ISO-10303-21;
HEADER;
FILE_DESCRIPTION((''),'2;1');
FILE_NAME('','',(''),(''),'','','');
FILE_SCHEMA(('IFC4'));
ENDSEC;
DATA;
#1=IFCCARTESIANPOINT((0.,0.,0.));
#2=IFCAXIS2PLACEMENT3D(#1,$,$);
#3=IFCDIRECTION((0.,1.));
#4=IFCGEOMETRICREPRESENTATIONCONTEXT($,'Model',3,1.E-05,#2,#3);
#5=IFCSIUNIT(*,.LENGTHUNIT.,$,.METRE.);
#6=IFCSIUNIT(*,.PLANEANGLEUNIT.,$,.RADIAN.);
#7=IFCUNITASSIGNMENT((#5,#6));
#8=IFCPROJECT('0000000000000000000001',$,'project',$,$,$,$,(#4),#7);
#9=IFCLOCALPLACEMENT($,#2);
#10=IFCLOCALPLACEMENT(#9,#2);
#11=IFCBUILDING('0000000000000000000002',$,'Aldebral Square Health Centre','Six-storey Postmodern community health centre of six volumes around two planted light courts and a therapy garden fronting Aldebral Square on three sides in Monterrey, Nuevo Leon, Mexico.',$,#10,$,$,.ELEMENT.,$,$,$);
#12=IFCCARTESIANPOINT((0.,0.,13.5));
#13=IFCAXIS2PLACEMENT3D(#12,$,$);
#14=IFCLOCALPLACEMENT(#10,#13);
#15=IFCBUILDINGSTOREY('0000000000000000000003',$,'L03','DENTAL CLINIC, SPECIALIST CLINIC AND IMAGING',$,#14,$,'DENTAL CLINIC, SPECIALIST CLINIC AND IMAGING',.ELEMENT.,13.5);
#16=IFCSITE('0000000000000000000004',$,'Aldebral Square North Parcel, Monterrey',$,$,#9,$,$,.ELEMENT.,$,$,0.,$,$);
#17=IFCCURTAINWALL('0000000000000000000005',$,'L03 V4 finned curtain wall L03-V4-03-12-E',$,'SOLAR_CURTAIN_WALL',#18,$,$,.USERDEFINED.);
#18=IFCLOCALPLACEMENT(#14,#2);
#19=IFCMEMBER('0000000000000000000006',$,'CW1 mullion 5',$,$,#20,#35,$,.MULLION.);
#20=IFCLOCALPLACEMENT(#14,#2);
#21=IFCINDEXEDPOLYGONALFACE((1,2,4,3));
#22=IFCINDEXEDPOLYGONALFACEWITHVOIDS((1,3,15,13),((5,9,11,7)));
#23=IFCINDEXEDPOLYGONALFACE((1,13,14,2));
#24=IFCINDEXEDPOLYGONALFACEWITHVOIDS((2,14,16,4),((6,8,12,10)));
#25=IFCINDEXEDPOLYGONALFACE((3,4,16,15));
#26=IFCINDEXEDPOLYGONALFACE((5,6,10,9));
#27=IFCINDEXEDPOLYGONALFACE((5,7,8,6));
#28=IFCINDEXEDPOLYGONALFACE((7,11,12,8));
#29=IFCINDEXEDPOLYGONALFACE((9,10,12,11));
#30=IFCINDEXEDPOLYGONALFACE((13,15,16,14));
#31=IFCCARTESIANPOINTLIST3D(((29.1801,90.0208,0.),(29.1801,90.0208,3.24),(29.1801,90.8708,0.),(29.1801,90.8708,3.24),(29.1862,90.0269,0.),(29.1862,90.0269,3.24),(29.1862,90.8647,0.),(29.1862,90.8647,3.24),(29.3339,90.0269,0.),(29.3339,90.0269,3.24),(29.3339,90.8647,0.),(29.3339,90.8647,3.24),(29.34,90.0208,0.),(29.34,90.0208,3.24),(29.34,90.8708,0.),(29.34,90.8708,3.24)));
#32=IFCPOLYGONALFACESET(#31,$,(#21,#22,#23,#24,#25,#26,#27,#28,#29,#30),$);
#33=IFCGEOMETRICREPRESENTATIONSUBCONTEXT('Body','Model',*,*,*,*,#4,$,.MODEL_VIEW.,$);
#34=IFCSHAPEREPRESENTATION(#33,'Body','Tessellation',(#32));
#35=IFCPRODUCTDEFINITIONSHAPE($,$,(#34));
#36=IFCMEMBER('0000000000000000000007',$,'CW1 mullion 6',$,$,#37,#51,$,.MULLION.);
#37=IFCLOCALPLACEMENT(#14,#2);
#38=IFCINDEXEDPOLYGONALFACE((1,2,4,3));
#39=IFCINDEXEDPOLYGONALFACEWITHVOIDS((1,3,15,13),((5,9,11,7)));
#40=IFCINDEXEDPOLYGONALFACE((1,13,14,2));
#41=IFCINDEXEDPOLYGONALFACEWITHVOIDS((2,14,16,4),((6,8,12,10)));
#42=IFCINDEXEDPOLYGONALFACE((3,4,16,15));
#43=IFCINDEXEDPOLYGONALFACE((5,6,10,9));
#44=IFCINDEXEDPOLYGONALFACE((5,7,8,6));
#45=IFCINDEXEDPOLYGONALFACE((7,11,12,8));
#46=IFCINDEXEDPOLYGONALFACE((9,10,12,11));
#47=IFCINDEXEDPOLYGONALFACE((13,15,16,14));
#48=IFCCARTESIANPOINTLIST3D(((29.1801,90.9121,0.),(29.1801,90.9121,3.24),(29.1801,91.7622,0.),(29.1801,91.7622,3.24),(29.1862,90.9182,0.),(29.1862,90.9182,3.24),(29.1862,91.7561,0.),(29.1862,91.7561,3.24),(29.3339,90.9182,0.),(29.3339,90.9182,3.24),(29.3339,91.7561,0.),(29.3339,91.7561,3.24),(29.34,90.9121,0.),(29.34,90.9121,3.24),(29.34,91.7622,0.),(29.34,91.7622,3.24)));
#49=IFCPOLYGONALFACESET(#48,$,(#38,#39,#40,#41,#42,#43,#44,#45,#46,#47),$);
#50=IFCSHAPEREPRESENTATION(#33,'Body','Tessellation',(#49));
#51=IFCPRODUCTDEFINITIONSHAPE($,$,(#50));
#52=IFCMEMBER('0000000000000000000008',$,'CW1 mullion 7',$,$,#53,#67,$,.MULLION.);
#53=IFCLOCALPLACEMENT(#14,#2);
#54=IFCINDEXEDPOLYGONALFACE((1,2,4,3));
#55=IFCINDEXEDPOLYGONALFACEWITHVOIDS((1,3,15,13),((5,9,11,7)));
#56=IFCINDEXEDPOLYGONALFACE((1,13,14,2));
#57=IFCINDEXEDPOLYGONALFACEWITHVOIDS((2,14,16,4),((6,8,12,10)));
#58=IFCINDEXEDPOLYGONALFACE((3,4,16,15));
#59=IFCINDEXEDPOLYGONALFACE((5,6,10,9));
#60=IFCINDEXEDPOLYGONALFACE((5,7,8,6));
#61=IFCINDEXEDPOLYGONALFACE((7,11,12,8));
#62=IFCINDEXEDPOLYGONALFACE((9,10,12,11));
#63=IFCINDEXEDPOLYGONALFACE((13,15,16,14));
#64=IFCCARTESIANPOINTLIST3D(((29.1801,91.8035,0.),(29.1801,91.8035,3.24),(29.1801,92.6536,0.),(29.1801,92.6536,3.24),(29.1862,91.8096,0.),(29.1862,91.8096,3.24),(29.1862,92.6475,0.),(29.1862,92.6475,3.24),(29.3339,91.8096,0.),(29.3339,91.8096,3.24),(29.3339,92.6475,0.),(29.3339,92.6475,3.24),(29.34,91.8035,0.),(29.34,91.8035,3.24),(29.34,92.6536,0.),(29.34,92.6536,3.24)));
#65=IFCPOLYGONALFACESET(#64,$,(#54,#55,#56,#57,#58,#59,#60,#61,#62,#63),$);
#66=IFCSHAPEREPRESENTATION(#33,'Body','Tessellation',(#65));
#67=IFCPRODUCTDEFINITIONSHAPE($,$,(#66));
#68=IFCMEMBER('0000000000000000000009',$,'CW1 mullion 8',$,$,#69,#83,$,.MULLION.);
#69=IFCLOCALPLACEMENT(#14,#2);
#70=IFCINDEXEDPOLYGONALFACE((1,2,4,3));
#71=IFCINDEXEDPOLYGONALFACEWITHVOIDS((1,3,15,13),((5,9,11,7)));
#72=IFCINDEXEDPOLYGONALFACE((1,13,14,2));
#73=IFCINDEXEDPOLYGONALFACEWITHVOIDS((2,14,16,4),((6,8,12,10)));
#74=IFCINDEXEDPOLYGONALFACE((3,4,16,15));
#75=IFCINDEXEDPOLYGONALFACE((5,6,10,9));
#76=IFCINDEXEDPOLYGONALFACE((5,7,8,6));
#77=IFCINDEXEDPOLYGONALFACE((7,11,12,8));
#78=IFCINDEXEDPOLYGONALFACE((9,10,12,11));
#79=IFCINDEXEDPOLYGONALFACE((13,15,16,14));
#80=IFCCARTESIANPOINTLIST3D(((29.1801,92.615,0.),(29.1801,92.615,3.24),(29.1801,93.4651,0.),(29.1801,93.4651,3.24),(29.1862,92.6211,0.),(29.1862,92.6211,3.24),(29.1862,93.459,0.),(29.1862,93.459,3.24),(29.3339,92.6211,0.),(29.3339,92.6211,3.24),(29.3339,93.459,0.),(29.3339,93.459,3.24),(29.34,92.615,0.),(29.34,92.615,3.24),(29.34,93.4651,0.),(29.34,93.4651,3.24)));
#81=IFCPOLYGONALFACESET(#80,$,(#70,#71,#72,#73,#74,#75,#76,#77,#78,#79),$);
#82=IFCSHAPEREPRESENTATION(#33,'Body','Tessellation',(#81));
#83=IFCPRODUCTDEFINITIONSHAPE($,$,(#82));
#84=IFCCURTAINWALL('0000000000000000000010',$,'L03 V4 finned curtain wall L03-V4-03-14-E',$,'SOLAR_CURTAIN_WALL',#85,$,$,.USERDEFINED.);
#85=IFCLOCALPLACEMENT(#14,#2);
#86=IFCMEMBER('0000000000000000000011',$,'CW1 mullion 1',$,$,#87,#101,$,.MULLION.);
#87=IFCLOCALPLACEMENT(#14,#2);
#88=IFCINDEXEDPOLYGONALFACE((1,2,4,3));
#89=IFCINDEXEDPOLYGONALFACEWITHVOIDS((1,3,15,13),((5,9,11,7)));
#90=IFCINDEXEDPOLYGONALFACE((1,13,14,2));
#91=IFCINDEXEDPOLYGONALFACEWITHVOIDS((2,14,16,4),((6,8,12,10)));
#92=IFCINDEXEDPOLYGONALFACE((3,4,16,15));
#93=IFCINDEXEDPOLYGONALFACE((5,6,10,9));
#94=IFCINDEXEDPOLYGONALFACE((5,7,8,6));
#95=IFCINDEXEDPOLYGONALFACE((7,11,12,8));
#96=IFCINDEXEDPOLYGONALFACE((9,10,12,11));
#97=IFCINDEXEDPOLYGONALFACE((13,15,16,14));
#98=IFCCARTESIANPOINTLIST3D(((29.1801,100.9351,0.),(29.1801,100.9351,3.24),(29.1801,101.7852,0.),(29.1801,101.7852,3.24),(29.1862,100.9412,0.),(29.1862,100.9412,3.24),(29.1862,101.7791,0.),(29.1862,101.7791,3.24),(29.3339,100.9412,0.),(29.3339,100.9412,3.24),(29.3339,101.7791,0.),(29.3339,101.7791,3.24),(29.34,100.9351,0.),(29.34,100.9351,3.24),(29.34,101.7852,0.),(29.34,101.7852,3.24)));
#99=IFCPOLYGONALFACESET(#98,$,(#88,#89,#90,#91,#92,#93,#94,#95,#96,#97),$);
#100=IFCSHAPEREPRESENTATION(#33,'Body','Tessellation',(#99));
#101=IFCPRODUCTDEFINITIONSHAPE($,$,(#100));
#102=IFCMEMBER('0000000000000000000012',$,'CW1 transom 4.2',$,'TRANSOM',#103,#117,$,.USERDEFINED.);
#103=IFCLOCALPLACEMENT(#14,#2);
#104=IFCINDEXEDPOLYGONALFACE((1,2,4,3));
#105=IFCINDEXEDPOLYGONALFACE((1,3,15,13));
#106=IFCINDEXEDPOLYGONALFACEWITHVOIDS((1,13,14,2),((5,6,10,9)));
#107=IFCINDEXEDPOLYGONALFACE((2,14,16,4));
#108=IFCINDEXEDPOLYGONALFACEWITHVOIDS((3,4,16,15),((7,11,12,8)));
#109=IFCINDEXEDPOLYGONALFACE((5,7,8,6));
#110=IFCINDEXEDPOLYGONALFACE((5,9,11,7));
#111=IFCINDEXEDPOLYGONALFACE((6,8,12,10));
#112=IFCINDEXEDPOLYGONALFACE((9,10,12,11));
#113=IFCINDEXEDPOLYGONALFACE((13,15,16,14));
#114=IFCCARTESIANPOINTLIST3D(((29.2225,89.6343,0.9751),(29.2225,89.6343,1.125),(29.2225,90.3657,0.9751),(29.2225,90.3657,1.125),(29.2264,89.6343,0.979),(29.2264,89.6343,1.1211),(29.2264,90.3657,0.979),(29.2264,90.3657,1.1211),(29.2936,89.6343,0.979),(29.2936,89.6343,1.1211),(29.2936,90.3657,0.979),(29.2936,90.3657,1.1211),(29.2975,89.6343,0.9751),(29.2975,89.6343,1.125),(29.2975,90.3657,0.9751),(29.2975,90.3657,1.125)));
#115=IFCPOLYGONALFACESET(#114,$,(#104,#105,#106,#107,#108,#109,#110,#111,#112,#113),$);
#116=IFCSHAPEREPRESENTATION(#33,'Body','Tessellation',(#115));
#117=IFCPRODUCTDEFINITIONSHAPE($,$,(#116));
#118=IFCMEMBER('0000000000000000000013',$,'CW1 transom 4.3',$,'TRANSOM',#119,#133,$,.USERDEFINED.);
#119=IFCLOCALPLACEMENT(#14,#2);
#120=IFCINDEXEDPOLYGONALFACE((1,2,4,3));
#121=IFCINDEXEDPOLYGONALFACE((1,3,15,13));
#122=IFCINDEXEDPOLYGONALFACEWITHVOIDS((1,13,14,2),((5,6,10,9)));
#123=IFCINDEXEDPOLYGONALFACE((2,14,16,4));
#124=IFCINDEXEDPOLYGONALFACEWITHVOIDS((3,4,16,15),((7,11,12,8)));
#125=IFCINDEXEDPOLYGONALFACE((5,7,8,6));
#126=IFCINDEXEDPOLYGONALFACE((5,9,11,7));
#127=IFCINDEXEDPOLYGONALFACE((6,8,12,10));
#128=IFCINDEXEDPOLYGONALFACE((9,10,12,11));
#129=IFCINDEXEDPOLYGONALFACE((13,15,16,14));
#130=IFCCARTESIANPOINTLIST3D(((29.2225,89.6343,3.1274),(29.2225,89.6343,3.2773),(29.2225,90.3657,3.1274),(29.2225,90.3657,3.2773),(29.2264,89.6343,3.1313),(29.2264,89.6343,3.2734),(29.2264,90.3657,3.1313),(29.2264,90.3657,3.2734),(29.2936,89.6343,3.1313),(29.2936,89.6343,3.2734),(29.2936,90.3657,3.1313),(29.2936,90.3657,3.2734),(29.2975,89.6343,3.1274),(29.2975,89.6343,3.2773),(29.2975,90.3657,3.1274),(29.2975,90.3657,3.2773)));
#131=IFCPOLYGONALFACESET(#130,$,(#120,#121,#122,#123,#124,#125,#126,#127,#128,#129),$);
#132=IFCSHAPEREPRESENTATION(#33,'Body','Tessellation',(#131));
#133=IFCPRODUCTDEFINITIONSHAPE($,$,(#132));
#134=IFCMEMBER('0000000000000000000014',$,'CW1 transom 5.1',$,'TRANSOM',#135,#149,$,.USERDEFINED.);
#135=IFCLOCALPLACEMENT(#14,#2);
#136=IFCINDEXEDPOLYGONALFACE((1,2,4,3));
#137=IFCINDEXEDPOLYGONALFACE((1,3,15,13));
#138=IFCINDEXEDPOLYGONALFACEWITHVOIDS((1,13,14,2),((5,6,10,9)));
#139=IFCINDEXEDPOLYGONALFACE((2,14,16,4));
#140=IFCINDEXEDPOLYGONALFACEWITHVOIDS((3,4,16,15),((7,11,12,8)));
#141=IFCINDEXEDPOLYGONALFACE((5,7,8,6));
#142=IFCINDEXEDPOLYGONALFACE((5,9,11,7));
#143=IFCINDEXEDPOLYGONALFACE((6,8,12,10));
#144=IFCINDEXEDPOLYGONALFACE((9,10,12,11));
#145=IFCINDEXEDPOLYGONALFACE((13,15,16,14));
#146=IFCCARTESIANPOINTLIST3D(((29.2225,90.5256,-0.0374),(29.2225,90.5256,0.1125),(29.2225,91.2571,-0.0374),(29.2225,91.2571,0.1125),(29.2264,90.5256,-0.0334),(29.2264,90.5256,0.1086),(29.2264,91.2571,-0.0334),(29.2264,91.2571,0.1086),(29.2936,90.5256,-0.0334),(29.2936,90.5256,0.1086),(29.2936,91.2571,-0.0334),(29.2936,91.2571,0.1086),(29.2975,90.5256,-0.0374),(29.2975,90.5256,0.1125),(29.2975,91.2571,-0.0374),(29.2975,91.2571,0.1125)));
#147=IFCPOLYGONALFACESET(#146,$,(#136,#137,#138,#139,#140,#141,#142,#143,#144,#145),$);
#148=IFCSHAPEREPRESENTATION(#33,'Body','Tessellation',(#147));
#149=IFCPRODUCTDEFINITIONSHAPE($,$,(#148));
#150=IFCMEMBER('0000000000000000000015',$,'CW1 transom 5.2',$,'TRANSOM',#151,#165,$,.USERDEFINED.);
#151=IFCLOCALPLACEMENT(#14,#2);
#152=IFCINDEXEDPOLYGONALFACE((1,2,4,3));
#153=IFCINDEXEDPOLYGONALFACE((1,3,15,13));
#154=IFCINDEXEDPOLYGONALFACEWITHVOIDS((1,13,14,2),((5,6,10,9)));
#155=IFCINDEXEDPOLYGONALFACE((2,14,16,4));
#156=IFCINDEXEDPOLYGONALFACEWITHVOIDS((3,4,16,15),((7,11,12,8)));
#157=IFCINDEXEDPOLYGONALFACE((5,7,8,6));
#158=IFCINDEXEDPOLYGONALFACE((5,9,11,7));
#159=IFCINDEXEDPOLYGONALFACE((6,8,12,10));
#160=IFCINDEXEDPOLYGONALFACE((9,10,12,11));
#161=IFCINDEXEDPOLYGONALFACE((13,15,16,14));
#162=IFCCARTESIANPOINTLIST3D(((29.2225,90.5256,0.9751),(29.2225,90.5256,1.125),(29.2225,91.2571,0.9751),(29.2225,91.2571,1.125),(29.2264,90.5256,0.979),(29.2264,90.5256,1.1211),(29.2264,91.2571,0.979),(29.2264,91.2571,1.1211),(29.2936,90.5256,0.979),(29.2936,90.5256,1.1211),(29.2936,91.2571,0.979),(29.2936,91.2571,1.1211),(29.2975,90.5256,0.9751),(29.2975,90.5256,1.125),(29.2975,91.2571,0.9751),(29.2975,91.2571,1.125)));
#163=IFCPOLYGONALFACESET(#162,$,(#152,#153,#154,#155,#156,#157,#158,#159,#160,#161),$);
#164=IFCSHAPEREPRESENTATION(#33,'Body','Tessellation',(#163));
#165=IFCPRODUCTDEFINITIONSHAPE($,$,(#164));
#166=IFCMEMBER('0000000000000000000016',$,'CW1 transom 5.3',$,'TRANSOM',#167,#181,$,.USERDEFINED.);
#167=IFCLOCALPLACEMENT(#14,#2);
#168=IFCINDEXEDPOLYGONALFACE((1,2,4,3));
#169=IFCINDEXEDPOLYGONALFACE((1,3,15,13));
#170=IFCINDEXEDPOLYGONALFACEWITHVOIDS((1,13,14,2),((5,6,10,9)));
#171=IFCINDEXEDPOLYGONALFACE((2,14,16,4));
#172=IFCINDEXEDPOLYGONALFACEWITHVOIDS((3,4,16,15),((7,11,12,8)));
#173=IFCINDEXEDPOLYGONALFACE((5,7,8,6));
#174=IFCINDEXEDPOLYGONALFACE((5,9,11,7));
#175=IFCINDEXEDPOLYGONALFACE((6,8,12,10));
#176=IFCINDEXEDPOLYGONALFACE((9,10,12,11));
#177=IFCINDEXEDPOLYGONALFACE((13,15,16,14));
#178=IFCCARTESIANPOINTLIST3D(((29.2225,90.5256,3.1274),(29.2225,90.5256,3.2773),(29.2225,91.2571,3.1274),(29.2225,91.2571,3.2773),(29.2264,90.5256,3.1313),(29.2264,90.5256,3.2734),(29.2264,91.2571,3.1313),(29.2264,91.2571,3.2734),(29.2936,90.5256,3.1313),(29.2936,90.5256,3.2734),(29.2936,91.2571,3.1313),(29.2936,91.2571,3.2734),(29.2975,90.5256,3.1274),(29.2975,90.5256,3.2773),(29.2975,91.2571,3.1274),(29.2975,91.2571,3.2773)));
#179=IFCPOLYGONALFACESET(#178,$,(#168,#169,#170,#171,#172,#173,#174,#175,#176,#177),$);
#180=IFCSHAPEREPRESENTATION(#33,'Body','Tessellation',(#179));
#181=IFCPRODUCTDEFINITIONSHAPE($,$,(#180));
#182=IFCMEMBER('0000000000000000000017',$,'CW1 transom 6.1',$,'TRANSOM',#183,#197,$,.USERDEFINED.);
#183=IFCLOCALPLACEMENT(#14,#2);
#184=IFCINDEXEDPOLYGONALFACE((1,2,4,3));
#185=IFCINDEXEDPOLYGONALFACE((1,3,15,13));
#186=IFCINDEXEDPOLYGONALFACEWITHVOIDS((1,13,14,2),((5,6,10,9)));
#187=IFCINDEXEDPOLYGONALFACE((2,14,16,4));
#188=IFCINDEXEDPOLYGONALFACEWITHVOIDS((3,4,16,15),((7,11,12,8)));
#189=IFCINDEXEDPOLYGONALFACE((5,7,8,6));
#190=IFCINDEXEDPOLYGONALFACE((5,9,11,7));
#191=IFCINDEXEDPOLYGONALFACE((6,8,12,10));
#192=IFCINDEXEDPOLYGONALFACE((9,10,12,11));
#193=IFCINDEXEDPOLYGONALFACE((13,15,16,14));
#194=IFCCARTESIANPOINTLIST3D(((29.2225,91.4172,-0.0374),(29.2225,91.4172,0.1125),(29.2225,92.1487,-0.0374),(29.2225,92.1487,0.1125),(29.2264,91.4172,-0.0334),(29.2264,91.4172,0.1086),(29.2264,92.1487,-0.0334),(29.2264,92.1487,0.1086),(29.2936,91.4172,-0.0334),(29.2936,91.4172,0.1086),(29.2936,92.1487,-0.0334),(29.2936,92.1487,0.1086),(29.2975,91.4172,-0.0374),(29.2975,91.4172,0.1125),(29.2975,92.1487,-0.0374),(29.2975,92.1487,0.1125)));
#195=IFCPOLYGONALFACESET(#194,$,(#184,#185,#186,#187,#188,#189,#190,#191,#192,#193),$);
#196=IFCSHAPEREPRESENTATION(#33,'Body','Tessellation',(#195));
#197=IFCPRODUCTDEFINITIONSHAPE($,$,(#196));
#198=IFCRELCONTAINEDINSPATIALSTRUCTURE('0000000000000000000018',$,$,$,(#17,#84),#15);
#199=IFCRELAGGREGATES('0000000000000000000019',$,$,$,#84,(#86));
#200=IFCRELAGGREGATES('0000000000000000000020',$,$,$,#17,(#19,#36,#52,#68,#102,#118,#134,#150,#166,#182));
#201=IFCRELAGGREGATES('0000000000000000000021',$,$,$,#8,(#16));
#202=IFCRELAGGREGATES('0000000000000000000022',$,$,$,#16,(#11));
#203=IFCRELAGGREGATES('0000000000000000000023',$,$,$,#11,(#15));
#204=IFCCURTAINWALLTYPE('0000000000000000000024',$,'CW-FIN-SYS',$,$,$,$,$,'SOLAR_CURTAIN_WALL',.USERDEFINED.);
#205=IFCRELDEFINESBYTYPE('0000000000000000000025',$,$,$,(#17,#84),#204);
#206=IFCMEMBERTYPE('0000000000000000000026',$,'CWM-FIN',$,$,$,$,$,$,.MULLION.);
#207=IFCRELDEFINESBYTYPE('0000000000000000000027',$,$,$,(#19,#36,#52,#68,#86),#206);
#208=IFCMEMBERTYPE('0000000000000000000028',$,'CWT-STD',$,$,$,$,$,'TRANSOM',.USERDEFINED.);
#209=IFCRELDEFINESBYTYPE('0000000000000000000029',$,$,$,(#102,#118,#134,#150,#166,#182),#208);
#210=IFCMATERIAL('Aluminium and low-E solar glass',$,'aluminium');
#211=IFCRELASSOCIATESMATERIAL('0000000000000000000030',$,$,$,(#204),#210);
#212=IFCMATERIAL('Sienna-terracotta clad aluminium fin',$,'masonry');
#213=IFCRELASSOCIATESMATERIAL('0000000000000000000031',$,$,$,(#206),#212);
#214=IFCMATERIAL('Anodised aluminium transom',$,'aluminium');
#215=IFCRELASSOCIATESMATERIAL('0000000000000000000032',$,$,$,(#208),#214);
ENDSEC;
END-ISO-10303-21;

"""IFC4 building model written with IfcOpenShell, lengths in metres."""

from ifc_helpers import new_model, si_unit, direction, frame, origin, origin_2d, place, context, subcontext, project, spatial, hollow_rectangle, extrude, material, material_profile, profile_set, type_object, element, aggregate, save


model = new_model("IFC4")

# Units and contexts
model_context = context("Model", 3, precision=1e-05, world=origin(), true_north=direction((0.0, 1.0)))
body_context = subcontext(model_context, "Body", "Model", "MODEL_VIEW")
ifc_project = project(units=[si_unit("LENGTHUNIT", "METRE"), si_unit("PLANEANGLEUNIT", "RADIAN")], contexts=[model_context])

# Site, building, storey
site_placement = place(None, origin())
site = spatial("IfcSite", under=ifc_project, at=site_placement, Name="Aldebral Square North Parcel, Monterrey", CompositionType="ELEMENT", RefElevation=0.0)
building_placement = place(site_placement, origin())
building = spatial("IfcBuilding", under=site, at=building_placement, Name="Aldebral Square Health Centre", Description="Six-storey Postmodern community health centre of six volumes around two planted light courts and a therapy garden fronting Aldebral Square on three sides in Monterrey, Nuevo Leon, Mexico.", CompositionType="ELEMENT")
storey_placement = place(building_placement, frame((0.0, 0.0, 13.5)))
storey = spatial("IfcBuildingStorey", under=building, at=storey_placement, Name="L03", Description="DENTAL CLINIC, SPECIALIST CLINIC AND IMAGING", LongName="DENTAL CLINIC, SPECIALIST CLINIC AND IMAGING", CompositionType="ELEMENT", Elevation=13.5)

# Curtain wall, members
ifc_material_1 = material(Name="Aluminium and low-E solar glass", Category="aluminium")
curtain_wall_type = type_object("IfcCurtainWallType", Name="CW-FIN-SYS", ElementType="SOLAR_CURTAIN_WALL", PredefinedType="USERDEFINED", material=ifc_material_1)
curtain_wall_1_placement = place(storey_placement, origin())
curtain_wall_1 = element("IfcCurtainWall", 1, at=curtain_wall_1_placement, inside=storey, type_object=curtain_wall_type, Name="L03 V4 finned curtain wall L03-V4-03-12-E", ObjectType="SOLAR_CURTAIN_WALL", PredefinedType="USERDEFINED")
ifc_material_2 = material(Name="Sienna-terracotta clad aluminium fin", Category="masonry")
ifc_material_profile_1 = material_profile(ifc_material_2, hollow_rectangle(XDim=0.1599, YDim=0.8501, WallThickness=0.0061, at=origin_2d()), Name="FIN 160x850x6")
ifc_profile_set_1 = profile_set([ifc_material_profile_1], Name="Sienna-terracotta clad aluminium fin")
member_type_1 = type_object("IfcMemberType", Name="CWM-FIN", PredefinedType="MULLION", material=ifc_profile_set_1)
member_1_placement = place(storey_placement, frame((29.26, 90.4458, 0.0), z_axis=(0.0, 0.0, 1.0), x_axis=(-1.0, 0.0, 0.0)))
member_1 = element("IfcMember", 2, at=member_1_placement, type_object=member_type_1, Name="CW1 mullion 5", PredefinedType="MULLION", context=body_context, shape_type="SweptSolid", body=[
    extrude(hollow_rectangle(XDim=0.1599, YDim=0.8501, WallThickness=0.0061, at=origin_2d()), origin(), (0.0, 0.0, 1.0), 3.24),
])
member_2_placement = place(storey_placement, frame((29.26, 91.3372, 0.0), z_axis=(0.0, 0.0, 1.0), x_axis=(-1.0, 0.0, 0.0)))
member_2 = element("IfcMember", 3, at=member_2_placement, type_object=member_type_1, Name="CW1 mullion 6", PredefinedType="MULLION", context=body_context, shape_type="SweptSolid", body=[
    extrude(hollow_rectangle(XDim=0.1599, YDim=0.8501, WallThickness=0.0061, at=origin_2d()), origin(), (0.0, 0.0, 1.0), 3.24),
])
member_3_placement = place(storey_placement, frame((29.26, 92.2285, 0.0), z_axis=(0.0, 0.0, 1.0), x_axis=(-1.0, 0.0, 0.0)))
member_3 = element("IfcMember", 4, at=member_3_placement, type_object=member_type_1, Name="CW1 mullion 7", PredefinedType="MULLION", context=body_context, shape_type="SweptSolid", body=[
    extrude(hollow_rectangle(XDim=0.1599, YDim=0.8501, WallThickness=0.0061, at=origin_2d()), origin(), (0.0, 0.0, 1.0), 3.24),
])
member_4_placement = place(storey_placement, frame((29.26, 93.04, 0.0), z_axis=(0.0, 0.0, 1.0), x_axis=(-1.0, 0.0, 0.0)))
member_4 = element("IfcMember", 5, at=member_4_placement, type_object=member_type_1, Name="CW1 mullion 8", PredefinedType="MULLION", context=body_context, shape_type="SweptSolid", body=[
    extrude(hollow_rectangle(XDim=0.1599, YDim=0.8501, WallThickness=0.0061, at=origin_2d()), origin(), (0.0, 0.0, 1.0), 3.24),
])

# Curtain wall, member
curtain_wall_2_placement = place(storey_placement, origin())
curtain_wall_2 = element("IfcCurtainWall", 6, at=curtain_wall_2_placement, inside=storey, type_object=curtain_wall_type, Name="L03 V4 finned curtain wall L03-V4-03-14-E", ObjectType="SOLAR_CURTAIN_WALL", PredefinedType="USERDEFINED")
member_5_placement = place(storey_placement, frame((29.26, 101.3601, 0.0), z_axis=(0.0, 0.0, 1.0), x_axis=(-1.0, 0.0, 0.0)))
member_5 = element("IfcMember", 7, at=member_5_placement, type_object=member_type_1, Name="CW1 mullion 1", PredefinedType="MULLION", context=body_context, shape_type="SweptSolid", body=[
    extrude(hollow_rectangle(XDim=0.1599, YDim=0.8501, WallThickness=0.0061, at=origin_2d()), origin(), (0.0, 0.0, 1.0), 3.24),
])

# Members
ifc_material_3 = material(Name="Anodised aluminium transom", Category="aluminium")
ifc_material_profile_2 = material_profile(ifc_material_3, hollow_rectangle(XDim=0.075, YDim=0.1499, WallThickness=0.0039, at=origin_2d()), Name="CWT 75x150x4")
ifc_profile_set_2 = profile_set([ifc_material_profile_2], Name="Anodised aluminium transom")
member_type_2 = type_object("IfcMemberType", Name="CWT-STD", ElementType="TRANSOM", PredefinedType="USERDEFINED", material=ifc_profile_set_2)
member_6_placement = place(storey_placement, frame((29.26, 89.6343, 1.05), z_axis=(0.0, 1.0, 0.0), x_axis=(-1.0, 0.0, 0.0)))
member_6 = element("IfcMember", 8, at=member_6_placement, type_object=member_type_2, Name="CW1 transom 4.2", ObjectType="TRANSOM", PredefinedType="USERDEFINED", context=body_context, shape_type="SweptSolid", body=[
    extrude(hollow_rectangle(XDim=0.075, YDim=0.1499, WallThickness=0.0039, at=origin_2d()), origin(), (0.0, 0.0, 1.0), 0.7314),
])
member_7_placement = place(storey_placement, frame((29.26, 89.6343, 3.2024), z_axis=(0.0, 1.0, 0.0), x_axis=(-1.0, 0.0, 0.0)))
member_7 = element("IfcMember", 9, at=member_7_placement, type_object=member_type_2, Name="CW1 transom 4.3", ObjectType="TRANSOM", PredefinedType="USERDEFINED", context=body_context, shape_type="SweptSolid", body=[
    extrude(hollow_rectangle(XDim=0.075, YDim=0.1499, WallThickness=0.0039, at=origin_2d()), origin(), (0.0, 0.0, 1.0), 0.7314),
])
member_8_placement = place(storey_placement, frame((29.26, 90.5256, 0.0376), z_axis=(0.0, 1.0, 0.0), x_axis=(-1.0, 0.0, 0.0)))
member_8 = element("IfcMember", 10, at=member_8_placement, type_object=member_type_2, Name="CW1 transom 5.1", ObjectType="TRANSOM", PredefinedType="USERDEFINED", context=body_context, shape_type="SweptSolid", body=[
    extrude(hollow_rectangle(XDim=0.075, YDim=0.1499, WallThickness=0.0039, at=origin_2d()), origin(), (0.0, 0.0, 1.0), 0.7314),
])
member_9_placement = place(storey_placement, frame((29.26, 90.5256, 1.05), z_axis=(0.0, 1.0, 0.0), x_axis=(-1.0, 0.0, 0.0)))
member_9 = element("IfcMember", 11, at=member_9_placement, type_object=member_type_2, Name="CW1 transom 5.2", ObjectType="TRANSOM", PredefinedType="USERDEFINED", context=body_context, shape_type="SweptSolid", body=[
    extrude(hollow_rectangle(XDim=0.075, YDim=0.1499, WallThickness=0.0039, at=origin_2d()), origin(), (0.0, 0.0, 1.0), 0.7314),
])
member_10_placement = place(storey_placement, frame((29.26, 90.5256, 3.2024), z_axis=(0.0, 1.0, 0.0), x_axis=(-1.0, 0.0, 0.0)))
member_10 = element("IfcMember", 12, at=member_10_placement, type_object=member_type_2, Name="CW1 transom 5.3", ObjectType="TRANSOM", PredefinedType="USERDEFINED", context=body_context, shape_type="SweptSolid", body=[
    extrude(hollow_rectangle(XDim=0.075, YDim=0.1499, WallThickness=0.0039, at=origin_2d()), origin(), (0.0, 0.0, 1.0), 0.7314),
])
member_11_placement = place(storey_placement, frame((29.26, 91.4172, 0.0376), z_axis=(0.0, 1.0, 0.0), x_axis=(-1.0, 0.0, 0.0)))
member_11 = element("IfcMember", 13, at=member_11_placement, type_object=member_type_2, Name="CW1 transom 6.1", ObjectType="TRANSOM", PredefinedType="USERDEFINED", context=body_context, shape_type="SweptSolid", body=[
    extrude(hollow_rectangle(XDim=0.075, YDim=0.1499, WallThickness=0.0039, at=origin_2d()), origin(), (0.0, 0.0, 1.0), 0.7314),
])
aggregate(curtain_wall_2, [member_5])

aggregate(curtain_wall_1, [member_1, member_2, member_3, member_4, member_6, member_7, member_8, member_9, member_10, member_11])

save(model, "model.ifc")
